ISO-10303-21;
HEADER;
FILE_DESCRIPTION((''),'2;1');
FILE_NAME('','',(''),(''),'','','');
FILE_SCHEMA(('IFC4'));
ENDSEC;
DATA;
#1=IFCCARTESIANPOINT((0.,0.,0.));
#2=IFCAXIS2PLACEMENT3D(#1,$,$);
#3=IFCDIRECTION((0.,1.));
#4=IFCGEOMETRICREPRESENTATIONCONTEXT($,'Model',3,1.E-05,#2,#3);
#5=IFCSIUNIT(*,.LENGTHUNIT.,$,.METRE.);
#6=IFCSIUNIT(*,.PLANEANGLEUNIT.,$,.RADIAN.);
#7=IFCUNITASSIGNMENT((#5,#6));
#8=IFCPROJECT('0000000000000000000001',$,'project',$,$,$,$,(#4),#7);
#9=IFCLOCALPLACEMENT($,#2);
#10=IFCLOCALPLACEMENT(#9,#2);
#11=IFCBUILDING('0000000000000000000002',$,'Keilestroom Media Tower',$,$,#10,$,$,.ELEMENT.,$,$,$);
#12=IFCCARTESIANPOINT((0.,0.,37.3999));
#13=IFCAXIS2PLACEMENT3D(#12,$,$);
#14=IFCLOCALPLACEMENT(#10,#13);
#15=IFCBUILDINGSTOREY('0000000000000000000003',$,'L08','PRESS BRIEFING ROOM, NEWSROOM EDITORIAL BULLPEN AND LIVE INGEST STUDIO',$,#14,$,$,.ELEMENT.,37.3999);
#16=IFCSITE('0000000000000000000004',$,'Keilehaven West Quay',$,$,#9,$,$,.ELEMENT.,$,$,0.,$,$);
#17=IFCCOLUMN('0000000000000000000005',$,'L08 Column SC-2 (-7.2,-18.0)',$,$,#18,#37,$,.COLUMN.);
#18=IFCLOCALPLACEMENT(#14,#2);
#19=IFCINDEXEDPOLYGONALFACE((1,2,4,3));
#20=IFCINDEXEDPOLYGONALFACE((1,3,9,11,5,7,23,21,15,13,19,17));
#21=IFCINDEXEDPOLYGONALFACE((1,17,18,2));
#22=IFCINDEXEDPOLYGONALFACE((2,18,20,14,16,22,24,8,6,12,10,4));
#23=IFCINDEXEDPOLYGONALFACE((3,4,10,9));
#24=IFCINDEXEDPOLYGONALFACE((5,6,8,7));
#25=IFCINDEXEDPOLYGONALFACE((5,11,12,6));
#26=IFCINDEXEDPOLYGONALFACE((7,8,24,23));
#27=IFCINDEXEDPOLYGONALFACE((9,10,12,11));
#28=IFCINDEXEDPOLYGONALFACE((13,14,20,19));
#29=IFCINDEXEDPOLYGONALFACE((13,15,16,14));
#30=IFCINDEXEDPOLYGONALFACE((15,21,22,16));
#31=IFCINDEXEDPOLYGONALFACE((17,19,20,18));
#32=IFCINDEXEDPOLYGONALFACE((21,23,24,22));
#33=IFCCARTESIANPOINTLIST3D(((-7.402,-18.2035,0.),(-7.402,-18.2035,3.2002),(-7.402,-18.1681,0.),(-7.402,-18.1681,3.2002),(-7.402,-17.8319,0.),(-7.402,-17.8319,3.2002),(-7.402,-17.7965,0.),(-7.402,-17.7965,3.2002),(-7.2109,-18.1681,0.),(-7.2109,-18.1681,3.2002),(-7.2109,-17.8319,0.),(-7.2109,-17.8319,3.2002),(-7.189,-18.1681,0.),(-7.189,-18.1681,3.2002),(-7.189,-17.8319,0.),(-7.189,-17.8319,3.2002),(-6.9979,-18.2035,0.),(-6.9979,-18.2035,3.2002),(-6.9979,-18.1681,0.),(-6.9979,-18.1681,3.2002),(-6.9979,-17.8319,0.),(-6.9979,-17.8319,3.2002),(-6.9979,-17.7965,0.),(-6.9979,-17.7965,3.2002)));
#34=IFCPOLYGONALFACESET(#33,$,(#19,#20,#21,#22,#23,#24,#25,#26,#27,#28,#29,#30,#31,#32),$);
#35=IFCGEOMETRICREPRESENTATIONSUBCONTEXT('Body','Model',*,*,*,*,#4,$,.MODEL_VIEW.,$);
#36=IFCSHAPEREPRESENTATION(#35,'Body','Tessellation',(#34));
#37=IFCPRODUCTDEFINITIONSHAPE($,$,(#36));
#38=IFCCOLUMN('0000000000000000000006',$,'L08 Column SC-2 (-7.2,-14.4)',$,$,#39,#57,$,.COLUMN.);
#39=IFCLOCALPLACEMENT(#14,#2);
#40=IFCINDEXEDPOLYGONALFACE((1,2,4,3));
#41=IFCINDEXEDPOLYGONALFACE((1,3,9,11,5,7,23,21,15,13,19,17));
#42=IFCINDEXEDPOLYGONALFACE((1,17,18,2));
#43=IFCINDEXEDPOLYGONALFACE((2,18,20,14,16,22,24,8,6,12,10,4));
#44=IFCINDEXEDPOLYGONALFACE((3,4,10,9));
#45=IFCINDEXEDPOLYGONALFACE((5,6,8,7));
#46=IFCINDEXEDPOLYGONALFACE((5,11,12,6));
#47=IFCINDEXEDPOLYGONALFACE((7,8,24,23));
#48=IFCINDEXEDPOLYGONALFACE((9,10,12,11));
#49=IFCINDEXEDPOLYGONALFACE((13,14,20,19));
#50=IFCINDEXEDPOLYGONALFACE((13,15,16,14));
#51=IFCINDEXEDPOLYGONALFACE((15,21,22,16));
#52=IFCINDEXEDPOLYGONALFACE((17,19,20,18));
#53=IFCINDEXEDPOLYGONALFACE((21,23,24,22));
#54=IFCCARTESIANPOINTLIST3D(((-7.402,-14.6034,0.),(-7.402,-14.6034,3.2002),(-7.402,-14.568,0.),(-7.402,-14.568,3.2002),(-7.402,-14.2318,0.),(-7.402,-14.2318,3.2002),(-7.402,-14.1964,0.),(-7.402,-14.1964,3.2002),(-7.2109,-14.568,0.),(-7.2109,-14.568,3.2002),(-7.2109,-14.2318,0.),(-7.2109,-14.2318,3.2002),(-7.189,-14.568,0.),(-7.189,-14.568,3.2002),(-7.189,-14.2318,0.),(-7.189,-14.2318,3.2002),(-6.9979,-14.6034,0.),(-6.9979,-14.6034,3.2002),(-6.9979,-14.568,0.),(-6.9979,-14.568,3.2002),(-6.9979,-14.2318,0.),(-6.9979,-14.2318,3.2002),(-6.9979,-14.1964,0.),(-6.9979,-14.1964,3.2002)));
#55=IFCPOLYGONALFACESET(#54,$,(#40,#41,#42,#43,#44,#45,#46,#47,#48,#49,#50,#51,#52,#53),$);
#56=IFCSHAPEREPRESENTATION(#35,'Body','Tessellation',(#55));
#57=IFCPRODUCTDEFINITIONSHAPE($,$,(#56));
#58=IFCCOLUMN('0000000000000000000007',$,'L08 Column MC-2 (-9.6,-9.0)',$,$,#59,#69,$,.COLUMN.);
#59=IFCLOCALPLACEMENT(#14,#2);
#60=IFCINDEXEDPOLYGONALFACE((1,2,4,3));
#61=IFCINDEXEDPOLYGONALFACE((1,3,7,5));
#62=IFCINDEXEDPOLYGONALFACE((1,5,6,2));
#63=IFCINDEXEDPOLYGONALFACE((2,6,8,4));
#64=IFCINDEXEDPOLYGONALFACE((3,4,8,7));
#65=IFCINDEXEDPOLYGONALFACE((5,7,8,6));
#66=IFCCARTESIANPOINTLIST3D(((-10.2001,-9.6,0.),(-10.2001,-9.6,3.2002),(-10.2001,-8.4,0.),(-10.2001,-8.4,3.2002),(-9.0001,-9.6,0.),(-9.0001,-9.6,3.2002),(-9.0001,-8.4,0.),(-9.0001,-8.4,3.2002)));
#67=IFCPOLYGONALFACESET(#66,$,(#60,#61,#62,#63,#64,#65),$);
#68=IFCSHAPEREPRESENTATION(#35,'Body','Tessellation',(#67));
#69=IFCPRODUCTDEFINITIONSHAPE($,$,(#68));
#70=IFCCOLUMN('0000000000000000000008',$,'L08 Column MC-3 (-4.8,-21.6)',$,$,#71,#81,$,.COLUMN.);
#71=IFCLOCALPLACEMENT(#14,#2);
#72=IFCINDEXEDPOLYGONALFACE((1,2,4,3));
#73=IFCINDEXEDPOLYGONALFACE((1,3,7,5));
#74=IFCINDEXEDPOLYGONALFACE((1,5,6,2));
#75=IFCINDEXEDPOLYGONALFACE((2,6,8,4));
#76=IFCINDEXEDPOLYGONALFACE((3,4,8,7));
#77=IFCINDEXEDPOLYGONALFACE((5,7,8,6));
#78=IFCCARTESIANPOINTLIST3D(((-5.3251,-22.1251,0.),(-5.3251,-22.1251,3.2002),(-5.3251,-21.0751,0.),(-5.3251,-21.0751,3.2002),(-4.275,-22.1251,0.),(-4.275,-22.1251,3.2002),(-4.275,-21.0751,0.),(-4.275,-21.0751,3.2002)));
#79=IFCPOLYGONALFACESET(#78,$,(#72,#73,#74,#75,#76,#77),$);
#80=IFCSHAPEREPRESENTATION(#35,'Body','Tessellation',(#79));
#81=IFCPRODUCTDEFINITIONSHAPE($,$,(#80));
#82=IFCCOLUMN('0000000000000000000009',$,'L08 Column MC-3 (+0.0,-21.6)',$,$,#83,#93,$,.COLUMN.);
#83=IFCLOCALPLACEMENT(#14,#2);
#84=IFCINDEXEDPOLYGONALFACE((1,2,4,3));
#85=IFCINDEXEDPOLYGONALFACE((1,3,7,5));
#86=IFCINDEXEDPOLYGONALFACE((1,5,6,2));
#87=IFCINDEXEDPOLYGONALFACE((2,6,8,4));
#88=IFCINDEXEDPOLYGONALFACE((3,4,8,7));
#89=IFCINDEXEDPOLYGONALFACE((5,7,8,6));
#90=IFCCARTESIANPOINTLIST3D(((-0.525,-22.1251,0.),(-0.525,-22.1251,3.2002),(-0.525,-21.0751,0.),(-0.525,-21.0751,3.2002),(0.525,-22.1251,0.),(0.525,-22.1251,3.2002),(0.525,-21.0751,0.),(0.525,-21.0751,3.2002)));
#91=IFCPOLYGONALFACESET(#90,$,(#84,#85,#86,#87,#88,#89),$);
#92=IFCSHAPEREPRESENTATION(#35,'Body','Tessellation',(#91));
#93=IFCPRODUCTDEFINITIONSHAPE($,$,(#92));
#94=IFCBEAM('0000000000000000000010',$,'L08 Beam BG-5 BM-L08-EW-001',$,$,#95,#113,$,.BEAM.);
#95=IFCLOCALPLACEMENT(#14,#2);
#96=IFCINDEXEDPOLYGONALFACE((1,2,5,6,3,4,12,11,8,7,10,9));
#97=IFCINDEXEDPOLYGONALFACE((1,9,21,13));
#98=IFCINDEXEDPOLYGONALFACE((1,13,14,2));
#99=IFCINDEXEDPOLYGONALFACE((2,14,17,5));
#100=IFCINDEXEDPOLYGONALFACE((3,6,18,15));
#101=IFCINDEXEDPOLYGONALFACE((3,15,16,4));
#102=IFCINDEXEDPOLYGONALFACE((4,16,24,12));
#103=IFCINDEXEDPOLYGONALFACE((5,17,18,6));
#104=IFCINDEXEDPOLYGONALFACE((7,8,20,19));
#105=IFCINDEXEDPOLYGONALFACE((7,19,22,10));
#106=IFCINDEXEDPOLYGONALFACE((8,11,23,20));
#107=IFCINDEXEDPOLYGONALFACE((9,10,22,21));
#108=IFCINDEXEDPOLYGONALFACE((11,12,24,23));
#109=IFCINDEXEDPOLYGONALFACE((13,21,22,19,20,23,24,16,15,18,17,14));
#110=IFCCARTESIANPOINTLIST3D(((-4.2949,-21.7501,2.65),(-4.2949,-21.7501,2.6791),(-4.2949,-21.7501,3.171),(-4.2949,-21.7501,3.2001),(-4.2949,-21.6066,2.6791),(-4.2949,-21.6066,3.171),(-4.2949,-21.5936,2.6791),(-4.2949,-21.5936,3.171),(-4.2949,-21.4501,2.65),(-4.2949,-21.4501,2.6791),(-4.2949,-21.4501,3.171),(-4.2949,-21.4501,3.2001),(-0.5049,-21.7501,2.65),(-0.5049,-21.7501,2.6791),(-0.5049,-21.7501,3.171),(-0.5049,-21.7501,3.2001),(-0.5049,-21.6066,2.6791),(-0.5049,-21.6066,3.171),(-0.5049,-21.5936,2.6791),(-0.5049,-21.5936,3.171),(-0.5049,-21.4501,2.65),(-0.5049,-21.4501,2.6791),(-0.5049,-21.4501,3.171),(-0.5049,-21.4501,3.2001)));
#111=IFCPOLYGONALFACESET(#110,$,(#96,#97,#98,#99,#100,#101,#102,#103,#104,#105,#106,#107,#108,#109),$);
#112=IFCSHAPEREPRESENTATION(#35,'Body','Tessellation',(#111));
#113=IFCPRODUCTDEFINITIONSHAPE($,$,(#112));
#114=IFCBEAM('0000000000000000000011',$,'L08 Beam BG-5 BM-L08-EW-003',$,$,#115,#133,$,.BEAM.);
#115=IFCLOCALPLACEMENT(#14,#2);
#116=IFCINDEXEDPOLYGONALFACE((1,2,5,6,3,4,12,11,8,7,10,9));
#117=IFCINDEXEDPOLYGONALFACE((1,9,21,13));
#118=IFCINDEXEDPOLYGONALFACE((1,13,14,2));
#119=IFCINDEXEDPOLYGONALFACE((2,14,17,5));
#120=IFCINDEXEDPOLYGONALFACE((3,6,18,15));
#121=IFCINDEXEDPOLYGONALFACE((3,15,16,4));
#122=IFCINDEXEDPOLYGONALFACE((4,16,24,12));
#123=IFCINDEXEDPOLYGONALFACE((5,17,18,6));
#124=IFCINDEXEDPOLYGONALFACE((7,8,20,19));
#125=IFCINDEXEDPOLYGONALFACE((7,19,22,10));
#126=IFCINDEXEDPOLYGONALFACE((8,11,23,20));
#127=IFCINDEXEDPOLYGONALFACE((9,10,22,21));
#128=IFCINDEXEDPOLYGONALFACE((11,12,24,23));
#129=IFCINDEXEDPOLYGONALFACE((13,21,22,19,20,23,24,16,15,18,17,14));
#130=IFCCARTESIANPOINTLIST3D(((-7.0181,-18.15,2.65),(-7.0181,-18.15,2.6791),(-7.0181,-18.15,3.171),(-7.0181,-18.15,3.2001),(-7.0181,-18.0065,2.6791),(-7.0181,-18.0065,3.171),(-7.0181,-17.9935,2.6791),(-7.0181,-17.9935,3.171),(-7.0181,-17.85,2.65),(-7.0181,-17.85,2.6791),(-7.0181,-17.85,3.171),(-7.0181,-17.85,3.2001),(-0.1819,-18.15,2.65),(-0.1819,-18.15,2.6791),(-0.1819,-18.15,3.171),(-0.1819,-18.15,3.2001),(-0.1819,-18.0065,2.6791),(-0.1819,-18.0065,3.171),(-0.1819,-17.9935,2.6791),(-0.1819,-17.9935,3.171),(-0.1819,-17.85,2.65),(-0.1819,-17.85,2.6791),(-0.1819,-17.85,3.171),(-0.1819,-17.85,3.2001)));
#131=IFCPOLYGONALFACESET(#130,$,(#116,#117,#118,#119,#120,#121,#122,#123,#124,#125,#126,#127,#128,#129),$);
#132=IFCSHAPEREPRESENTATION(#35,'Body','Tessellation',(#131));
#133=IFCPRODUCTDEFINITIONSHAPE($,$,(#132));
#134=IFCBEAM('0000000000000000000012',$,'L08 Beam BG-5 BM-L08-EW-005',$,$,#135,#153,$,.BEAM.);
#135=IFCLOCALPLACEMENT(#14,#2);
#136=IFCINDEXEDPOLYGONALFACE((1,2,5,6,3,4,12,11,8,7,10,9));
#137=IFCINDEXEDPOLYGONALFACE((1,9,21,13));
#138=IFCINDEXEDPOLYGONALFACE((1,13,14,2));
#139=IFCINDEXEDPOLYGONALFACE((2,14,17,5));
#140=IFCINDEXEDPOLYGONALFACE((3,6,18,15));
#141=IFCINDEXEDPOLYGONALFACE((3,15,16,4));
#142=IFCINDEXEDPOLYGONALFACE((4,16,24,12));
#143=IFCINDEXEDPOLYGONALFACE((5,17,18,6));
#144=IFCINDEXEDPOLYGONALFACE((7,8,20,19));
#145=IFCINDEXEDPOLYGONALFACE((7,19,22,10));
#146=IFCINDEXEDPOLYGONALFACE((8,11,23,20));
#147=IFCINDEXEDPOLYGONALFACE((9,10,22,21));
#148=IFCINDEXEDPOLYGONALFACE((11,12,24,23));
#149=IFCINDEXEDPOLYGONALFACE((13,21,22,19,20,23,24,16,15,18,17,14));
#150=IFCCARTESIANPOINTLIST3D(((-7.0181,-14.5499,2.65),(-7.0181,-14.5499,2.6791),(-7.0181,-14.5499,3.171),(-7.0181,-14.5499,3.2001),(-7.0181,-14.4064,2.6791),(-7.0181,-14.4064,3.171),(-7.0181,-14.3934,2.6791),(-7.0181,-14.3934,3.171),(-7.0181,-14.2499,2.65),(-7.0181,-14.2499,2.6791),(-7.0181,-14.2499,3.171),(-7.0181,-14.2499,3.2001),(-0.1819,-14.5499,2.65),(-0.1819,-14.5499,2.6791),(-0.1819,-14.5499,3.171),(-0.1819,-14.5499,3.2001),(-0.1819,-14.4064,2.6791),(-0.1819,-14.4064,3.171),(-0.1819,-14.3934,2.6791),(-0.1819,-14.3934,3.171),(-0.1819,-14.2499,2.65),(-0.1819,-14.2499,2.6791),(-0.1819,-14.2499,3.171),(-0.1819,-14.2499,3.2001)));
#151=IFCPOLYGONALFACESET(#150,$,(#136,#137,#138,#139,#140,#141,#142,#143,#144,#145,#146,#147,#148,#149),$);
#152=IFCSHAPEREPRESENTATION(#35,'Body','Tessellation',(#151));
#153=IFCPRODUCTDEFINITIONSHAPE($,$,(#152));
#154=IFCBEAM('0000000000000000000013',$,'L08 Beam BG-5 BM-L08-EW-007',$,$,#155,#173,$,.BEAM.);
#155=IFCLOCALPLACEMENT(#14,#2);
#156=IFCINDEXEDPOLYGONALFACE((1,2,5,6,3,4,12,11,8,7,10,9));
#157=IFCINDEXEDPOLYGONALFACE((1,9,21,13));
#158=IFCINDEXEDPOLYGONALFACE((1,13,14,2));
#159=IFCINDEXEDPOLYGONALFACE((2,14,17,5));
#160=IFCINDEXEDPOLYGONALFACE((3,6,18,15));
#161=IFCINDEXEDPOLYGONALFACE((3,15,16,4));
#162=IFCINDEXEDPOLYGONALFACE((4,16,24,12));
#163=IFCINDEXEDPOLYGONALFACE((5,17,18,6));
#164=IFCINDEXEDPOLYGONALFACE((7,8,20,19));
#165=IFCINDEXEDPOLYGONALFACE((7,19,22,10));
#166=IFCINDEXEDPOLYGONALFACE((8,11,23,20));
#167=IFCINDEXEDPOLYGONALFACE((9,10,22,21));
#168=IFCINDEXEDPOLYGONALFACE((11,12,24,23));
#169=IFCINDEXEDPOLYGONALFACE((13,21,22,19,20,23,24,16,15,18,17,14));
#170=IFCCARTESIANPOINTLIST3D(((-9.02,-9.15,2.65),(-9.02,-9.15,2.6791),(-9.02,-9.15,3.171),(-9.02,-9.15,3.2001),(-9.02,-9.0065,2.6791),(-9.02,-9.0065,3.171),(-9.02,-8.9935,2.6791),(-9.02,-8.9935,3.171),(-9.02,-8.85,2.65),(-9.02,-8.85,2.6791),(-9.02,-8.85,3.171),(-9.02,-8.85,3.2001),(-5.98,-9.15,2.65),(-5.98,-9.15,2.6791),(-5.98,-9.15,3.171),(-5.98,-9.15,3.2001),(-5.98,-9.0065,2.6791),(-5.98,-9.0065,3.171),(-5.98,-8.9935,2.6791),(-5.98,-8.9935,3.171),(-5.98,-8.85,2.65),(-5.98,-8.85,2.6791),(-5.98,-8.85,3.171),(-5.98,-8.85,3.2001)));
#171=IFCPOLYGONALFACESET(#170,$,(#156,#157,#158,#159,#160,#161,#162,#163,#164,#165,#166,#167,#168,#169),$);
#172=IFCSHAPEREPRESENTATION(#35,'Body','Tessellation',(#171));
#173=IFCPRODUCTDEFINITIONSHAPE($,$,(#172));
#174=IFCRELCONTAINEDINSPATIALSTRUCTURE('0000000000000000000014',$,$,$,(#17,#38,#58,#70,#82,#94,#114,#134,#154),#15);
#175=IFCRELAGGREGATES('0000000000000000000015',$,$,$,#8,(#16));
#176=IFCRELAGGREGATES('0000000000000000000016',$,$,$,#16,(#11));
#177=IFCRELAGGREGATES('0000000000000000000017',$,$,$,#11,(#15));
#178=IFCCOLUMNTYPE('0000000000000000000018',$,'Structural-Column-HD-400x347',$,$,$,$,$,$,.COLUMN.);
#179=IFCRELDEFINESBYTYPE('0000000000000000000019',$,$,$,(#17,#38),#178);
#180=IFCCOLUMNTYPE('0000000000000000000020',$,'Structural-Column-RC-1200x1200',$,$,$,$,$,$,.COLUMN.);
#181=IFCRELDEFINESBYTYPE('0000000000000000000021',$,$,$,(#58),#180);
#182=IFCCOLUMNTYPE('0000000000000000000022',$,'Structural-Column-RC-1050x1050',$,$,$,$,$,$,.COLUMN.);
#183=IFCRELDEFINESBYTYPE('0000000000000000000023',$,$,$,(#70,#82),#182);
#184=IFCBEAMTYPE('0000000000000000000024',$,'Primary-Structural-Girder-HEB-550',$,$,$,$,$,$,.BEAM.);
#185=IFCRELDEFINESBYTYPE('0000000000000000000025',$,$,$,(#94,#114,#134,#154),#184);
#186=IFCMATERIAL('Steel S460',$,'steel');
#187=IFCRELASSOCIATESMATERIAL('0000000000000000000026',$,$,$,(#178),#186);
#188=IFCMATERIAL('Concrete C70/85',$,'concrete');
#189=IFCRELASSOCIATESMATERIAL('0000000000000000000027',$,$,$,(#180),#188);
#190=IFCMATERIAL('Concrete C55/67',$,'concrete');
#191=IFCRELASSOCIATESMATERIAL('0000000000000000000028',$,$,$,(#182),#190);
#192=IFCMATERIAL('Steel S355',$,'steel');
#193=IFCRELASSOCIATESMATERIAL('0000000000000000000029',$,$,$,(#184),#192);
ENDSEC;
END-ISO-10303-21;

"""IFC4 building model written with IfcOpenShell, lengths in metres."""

from ifc_helpers import new_model, si_unit, direction, frame, origin, origin_2d, place, context, subcontext, project, spatial, rectangle, i_section, extrude, source, transform, mapped, material, material_profile, profile_set, type_object, element, save


model = new_model("IFC4")

# Units and contexts
model_context = context("Model", 3, precision=1e-05, world=origin(), true_north=direction((0.0, 1.0)))
body_context = subcontext(model_context, "Body", "Model", "MODEL_VIEW")
ifc_project = project(units=[si_unit("LENGTHUNIT", "METRE"), si_unit("PLANEANGLEUNIT", "RADIAN")], contexts=[model_context])

# Site, building, storey
site_placement = place(None, origin())
site = spatial("IfcSite", under=ifc_project, at=site_placement, Name="Keilehaven West Quay", CompositionType="ELEMENT", RefElevation=0.0)
building_placement = place(site_placement, origin())
building = spatial("IfcBuilding", under=site, at=building_placement, Name="Keilestroom Media Tower", CompositionType="ELEMENT")
storey_placement = place(building_placement, frame((0.0, 0.0, 37.3999)))
storey = spatial("IfcBuildingStorey", under=building, at=storey_placement, Name="L08", Description="PRESS BRIEFING ROOM, NEWSROOM EDITORIAL BULLPEN AND LIVE INGEST STUDIO", CompositionType="ELEMENT", Elevation=37.3999)

# Columns
ifc_material_1 = material(Name="Steel S460", Category="steel")
ifc_material_profile_1 = material_profile(ifc_material_1, i_section(OverallWidth=0.4041, OverallDepth=0.407, WebThickness=0.022, FlangeThickness=0.0354, at=origin_2d()), Name="HD 400x347")
ifc_profile_set_1 = profile_set([ifc_material_profile_1], Name="Steel S460")
column_type_1 = type_object("IfcColumnType", Name="Structural-Column-HD-400x347", PredefinedType="COLUMN", material=ifc_profile_set_1)
shared_shape_1 = source(origin(), body_context, "Body", "SweptSolid", [
    extrude(i_section(OverallWidth=0.4041, OverallDepth=0.407, WebThickness=0.022, FlangeThickness=0.0354, at=origin_2d()), origin(), (0.0, 0.0, 1.0), 3.2002),
])
for number, where, z_axis, x_axis, name in (
    (1, (-7.2, -18.0, 0.0), (0.0, 0.0, 1.0), (1.0, 0.0, 0.0), "L08 Column SC-2 (-7.2,-18.0)"),
    (2, (-7.2, -14.3999, 0.0), (0.0, 0.0, 1.0), (1.0, 0.0, 0.0), "L08 Column SC-2 (-7.2,-14.4)"),
):
    element("IfcColumn", number, at=place(storey_placement, frame(where, z_axis=z_axis, x_axis=x_axis)), inside=storey, type_object=column_type_1, Name=name, PredefinedType="COLUMN", context=body_context, shape_type="MappedRepresentation", body=[
        mapped(shared_shape_1, transform((0.0, 0.0, 0.0), x_axis=(1.0, 0.0, 0.0), y_axis=(0.0, 1.0, 0.0), z_axis=(0.0, 0.0, 1.0), scale=1.0)),
    ])
ifc_material_2 = material(Name="Concrete C70/85", Category="concrete")
ifc_material_profile_2 = material_profile(ifc_material_2, rectangle(XDim=1.2, YDim=1.2, at=origin_2d()), Name="RC 1200x1200")
ifc_profile_set_2 = profile_set([ifc_material_profile_2], Name="Concrete C70/85")
column_type_2 = type_object("IfcColumnType", Name="Structural-Column-RC-1200x1200", PredefinedType="COLUMN", material=ifc_profile_set_2)
shared_shape_2 = source(origin(), body_context, "Body", "SweptSolid", [
    extrude(rectangle(XDim=1.2, YDim=1.2, at=origin_2d()), origin(), (0.0, 0.0, 1.0), 3.2002),
])
column_placement = place(storey_placement, frame((-9.6001, -9.0, 0.0), z_axis=(0.0, 0.0, 1.0), x_axis=(1.0, 0.0, 0.0)))
element("IfcColumn", 3, at=column_placement, inside=storey, type_object=column_type_2, Name="L08 Column MC-2 (-9.6,-9.0)", PredefinedType="COLUMN", context=body_context, shape_type="MappedRepresentation", body=[
    mapped(shared_shape_2, transform((0.0, 0.0, 0.0), x_axis=(1.0, 0.0, 0.0), y_axis=(0.0, 1.0, 0.0), z_axis=(0.0, 0.0, 1.0), scale=1.0)),
])
ifc_material_3 = material(Name="Concrete C55/67", Category="concrete")
ifc_material_profile_3 = material_profile(ifc_material_3, rectangle(XDim=1.05, YDim=1.05, at=origin_2d()), Name="RC 1050x1050")
ifc_profile_set_3 = profile_set([ifc_material_profile_3], Name="Concrete C55/67")
column_type_3 = type_object("IfcColumnType", Name="Structural-Column-RC-1050x1050", PredefinedType="COLUMN", material=ifc_profile_set_3)
shared_shape_3 = source(origin(), body_context, "Body", "SweptSolid", [
    extrude(rectangle(XDim=1.05, YDim=1.05, at=origin_2d()), origin(), (0.0, 0.0, 1.0), 3.2002),
])
for number, where, z_axis, x_axis, name in (
    (4, (-4.8, -21.6001, 0.0), (0.0, 0.0, 1.0), (1.0, 0.0, 0.0), "L08 Column MC-3 (-4.8,-21.6)"),
    (5, (0.0, -21.6001, 0.0), (0.0, 0.0, 1.0), (1.0, 0.0, 0.0), "L08 Column MC-3 (+0.0,-21.6)"),
):
    element("IfcColumn", number, at=place(storey_placement, frame(where, z_axis=z_axis, x_axis=x_axis)), inside=storey, type_object=column_type_3, Name=name, PredefinedType="COLUMN", context=body_context, shape_type="MappedRepresentation", body=[
        mapped(shared_shape_3, transform((0.0, 0.0, 0.0), x_axis=(1.0, 0.0, 0.0), y_axis=(0.0, 1.0, 0.0), z_axis=(0.0, 0.0, 1.0), scale=1.0)),
    ])

# Beams
ifc_material_4 = material(Name="Steel S355", Category="steel")
ifc_material_profile_4 = material_profile(ifc_material_4, i_section(OverallWidth=0.3, OverallDepth=0.55, WebThickness=0.0129, FlangeThickness=0.0291, at=origin_2d()), Name="HEB 550")
ifc_profile_set_4 = profile_set([ifc_material_profile_4], Name="Steel S355")
beam_type_1 = type_object("IfcBeamType", Name="Primary-Structural-Girder-HEB-550", PredefinedType="BEAM", material=ifc_profile_set_4)
shared_shape_4 = source(origin(), body_context, "Body", "SweptSolid", [
    extrude(i_section(OverallWidth=0.3, OverallDepth=0.55, WebThickness=0.0129, FlangeThickness=0.0291, at=origin_2d()), origin(), (0.0, 0.0, 1.0), 3.79),
])
beam_1_placement = place(storey_placement, frame((-4.2949, -21.6001, 2.925), z_axis=(1.0, 0.0, 0.0), x_axis=(0.0, 1.0, 0.0)))
element("IfcBeam", 6, at=beam_1_placement, inside=storey, type_object=beam_type_1, Name="L08 Beam BG-5 BM-L08-EW-001", PredefinedType="BEAM", context=body_context, shape_type="MappedRepresentation", body=[
    mapped(shared_shape_4, transform((0.0, 0.0, 0.0), x_axis=(1.0, 0.0, 0.0), y_axis=(0.0, 1.0, 0.0), z_axis=(0.0, 0.0, 1.0), scale=1.0)),
])
shared_shape_5 = source(origin(), body_context, "Body", "SweptSolid", [
    extrude(i_section(OverallWidth=0.3, OverallDepth=0.55, WebThickness=0.0129, FlangeThickness=0.0291, at=origin_2d()), origin(), (0.0, 0.0, 1.0), 6.8362),
])
for number, where, z_axis, x_axis, name in (
    (7, (-7.0181, -18.0, 2.925), (1.0, 0.0, 0.0), (0.0, 1.0, 0.0), "L08 Beam BG-5 BM-L08-EW-003"),
    (8, (-7.0181, -14.3999, 2.925), (1.0, 0.0, 0.0), (0.0, 1.0, 0.0), "L08 Beam BG-5 BM-L08-EW-005"),
):
    element("IfcBeam", number, at=place(storey_placement, frame(where, z_axis=z_axis, x_axis=x_axis)), inside=storey, type_object=beam_type_1, Name=name, PredefinedType="BEAM", context=body_context, shape_type="MappedRepresentation", body=[
        mapped(shared_shape_5, transform((0.0, 0.0, 0.0), x_axis=(1.0, 0.0, 0.0), y_axis=(0.0, 1.0, 0.0), z_axis=(0.0, 0.0, 1.0), scale=1.0)),
    ])
shared_shape_6 = source(origin(), body_context, "Body", "SweptSolid", [
    extrude(i_section(OverallWidth=0.3, OverallDepth=0.55, WebThickness=0.0129, FlangeThickness=0.0291, at=origin_2d()), origin(), (0.0, 0.0, 1.0), 3.04),
])
beam_2_placement = place(storey_placement, frame((-9.02, -9.0, 2.925), z_axis=(1.0, 0.0, 0.0), x_axis=(0.0, 1.0, 0.0)))
element("IfcBeam", 9, at=beam_2_placement, inside=storey, type_object=beam_type_1, Name="L08 Beam BG-5 BM-L08-EW-007", PredefinedType="BEAM", context=body_context, shape_type="MappedRepresentation", body=[
    mapped(shared_shape_6, transform((0.0, 0.0, 0.0), x_axis=(1.0, 0.0, 0.0), y_axis=(0.0, 1.0, 0.0), z_axis=(0.0, 0.0, 1.0), scale=1.0)),
])

save(model, "model.ifc")
